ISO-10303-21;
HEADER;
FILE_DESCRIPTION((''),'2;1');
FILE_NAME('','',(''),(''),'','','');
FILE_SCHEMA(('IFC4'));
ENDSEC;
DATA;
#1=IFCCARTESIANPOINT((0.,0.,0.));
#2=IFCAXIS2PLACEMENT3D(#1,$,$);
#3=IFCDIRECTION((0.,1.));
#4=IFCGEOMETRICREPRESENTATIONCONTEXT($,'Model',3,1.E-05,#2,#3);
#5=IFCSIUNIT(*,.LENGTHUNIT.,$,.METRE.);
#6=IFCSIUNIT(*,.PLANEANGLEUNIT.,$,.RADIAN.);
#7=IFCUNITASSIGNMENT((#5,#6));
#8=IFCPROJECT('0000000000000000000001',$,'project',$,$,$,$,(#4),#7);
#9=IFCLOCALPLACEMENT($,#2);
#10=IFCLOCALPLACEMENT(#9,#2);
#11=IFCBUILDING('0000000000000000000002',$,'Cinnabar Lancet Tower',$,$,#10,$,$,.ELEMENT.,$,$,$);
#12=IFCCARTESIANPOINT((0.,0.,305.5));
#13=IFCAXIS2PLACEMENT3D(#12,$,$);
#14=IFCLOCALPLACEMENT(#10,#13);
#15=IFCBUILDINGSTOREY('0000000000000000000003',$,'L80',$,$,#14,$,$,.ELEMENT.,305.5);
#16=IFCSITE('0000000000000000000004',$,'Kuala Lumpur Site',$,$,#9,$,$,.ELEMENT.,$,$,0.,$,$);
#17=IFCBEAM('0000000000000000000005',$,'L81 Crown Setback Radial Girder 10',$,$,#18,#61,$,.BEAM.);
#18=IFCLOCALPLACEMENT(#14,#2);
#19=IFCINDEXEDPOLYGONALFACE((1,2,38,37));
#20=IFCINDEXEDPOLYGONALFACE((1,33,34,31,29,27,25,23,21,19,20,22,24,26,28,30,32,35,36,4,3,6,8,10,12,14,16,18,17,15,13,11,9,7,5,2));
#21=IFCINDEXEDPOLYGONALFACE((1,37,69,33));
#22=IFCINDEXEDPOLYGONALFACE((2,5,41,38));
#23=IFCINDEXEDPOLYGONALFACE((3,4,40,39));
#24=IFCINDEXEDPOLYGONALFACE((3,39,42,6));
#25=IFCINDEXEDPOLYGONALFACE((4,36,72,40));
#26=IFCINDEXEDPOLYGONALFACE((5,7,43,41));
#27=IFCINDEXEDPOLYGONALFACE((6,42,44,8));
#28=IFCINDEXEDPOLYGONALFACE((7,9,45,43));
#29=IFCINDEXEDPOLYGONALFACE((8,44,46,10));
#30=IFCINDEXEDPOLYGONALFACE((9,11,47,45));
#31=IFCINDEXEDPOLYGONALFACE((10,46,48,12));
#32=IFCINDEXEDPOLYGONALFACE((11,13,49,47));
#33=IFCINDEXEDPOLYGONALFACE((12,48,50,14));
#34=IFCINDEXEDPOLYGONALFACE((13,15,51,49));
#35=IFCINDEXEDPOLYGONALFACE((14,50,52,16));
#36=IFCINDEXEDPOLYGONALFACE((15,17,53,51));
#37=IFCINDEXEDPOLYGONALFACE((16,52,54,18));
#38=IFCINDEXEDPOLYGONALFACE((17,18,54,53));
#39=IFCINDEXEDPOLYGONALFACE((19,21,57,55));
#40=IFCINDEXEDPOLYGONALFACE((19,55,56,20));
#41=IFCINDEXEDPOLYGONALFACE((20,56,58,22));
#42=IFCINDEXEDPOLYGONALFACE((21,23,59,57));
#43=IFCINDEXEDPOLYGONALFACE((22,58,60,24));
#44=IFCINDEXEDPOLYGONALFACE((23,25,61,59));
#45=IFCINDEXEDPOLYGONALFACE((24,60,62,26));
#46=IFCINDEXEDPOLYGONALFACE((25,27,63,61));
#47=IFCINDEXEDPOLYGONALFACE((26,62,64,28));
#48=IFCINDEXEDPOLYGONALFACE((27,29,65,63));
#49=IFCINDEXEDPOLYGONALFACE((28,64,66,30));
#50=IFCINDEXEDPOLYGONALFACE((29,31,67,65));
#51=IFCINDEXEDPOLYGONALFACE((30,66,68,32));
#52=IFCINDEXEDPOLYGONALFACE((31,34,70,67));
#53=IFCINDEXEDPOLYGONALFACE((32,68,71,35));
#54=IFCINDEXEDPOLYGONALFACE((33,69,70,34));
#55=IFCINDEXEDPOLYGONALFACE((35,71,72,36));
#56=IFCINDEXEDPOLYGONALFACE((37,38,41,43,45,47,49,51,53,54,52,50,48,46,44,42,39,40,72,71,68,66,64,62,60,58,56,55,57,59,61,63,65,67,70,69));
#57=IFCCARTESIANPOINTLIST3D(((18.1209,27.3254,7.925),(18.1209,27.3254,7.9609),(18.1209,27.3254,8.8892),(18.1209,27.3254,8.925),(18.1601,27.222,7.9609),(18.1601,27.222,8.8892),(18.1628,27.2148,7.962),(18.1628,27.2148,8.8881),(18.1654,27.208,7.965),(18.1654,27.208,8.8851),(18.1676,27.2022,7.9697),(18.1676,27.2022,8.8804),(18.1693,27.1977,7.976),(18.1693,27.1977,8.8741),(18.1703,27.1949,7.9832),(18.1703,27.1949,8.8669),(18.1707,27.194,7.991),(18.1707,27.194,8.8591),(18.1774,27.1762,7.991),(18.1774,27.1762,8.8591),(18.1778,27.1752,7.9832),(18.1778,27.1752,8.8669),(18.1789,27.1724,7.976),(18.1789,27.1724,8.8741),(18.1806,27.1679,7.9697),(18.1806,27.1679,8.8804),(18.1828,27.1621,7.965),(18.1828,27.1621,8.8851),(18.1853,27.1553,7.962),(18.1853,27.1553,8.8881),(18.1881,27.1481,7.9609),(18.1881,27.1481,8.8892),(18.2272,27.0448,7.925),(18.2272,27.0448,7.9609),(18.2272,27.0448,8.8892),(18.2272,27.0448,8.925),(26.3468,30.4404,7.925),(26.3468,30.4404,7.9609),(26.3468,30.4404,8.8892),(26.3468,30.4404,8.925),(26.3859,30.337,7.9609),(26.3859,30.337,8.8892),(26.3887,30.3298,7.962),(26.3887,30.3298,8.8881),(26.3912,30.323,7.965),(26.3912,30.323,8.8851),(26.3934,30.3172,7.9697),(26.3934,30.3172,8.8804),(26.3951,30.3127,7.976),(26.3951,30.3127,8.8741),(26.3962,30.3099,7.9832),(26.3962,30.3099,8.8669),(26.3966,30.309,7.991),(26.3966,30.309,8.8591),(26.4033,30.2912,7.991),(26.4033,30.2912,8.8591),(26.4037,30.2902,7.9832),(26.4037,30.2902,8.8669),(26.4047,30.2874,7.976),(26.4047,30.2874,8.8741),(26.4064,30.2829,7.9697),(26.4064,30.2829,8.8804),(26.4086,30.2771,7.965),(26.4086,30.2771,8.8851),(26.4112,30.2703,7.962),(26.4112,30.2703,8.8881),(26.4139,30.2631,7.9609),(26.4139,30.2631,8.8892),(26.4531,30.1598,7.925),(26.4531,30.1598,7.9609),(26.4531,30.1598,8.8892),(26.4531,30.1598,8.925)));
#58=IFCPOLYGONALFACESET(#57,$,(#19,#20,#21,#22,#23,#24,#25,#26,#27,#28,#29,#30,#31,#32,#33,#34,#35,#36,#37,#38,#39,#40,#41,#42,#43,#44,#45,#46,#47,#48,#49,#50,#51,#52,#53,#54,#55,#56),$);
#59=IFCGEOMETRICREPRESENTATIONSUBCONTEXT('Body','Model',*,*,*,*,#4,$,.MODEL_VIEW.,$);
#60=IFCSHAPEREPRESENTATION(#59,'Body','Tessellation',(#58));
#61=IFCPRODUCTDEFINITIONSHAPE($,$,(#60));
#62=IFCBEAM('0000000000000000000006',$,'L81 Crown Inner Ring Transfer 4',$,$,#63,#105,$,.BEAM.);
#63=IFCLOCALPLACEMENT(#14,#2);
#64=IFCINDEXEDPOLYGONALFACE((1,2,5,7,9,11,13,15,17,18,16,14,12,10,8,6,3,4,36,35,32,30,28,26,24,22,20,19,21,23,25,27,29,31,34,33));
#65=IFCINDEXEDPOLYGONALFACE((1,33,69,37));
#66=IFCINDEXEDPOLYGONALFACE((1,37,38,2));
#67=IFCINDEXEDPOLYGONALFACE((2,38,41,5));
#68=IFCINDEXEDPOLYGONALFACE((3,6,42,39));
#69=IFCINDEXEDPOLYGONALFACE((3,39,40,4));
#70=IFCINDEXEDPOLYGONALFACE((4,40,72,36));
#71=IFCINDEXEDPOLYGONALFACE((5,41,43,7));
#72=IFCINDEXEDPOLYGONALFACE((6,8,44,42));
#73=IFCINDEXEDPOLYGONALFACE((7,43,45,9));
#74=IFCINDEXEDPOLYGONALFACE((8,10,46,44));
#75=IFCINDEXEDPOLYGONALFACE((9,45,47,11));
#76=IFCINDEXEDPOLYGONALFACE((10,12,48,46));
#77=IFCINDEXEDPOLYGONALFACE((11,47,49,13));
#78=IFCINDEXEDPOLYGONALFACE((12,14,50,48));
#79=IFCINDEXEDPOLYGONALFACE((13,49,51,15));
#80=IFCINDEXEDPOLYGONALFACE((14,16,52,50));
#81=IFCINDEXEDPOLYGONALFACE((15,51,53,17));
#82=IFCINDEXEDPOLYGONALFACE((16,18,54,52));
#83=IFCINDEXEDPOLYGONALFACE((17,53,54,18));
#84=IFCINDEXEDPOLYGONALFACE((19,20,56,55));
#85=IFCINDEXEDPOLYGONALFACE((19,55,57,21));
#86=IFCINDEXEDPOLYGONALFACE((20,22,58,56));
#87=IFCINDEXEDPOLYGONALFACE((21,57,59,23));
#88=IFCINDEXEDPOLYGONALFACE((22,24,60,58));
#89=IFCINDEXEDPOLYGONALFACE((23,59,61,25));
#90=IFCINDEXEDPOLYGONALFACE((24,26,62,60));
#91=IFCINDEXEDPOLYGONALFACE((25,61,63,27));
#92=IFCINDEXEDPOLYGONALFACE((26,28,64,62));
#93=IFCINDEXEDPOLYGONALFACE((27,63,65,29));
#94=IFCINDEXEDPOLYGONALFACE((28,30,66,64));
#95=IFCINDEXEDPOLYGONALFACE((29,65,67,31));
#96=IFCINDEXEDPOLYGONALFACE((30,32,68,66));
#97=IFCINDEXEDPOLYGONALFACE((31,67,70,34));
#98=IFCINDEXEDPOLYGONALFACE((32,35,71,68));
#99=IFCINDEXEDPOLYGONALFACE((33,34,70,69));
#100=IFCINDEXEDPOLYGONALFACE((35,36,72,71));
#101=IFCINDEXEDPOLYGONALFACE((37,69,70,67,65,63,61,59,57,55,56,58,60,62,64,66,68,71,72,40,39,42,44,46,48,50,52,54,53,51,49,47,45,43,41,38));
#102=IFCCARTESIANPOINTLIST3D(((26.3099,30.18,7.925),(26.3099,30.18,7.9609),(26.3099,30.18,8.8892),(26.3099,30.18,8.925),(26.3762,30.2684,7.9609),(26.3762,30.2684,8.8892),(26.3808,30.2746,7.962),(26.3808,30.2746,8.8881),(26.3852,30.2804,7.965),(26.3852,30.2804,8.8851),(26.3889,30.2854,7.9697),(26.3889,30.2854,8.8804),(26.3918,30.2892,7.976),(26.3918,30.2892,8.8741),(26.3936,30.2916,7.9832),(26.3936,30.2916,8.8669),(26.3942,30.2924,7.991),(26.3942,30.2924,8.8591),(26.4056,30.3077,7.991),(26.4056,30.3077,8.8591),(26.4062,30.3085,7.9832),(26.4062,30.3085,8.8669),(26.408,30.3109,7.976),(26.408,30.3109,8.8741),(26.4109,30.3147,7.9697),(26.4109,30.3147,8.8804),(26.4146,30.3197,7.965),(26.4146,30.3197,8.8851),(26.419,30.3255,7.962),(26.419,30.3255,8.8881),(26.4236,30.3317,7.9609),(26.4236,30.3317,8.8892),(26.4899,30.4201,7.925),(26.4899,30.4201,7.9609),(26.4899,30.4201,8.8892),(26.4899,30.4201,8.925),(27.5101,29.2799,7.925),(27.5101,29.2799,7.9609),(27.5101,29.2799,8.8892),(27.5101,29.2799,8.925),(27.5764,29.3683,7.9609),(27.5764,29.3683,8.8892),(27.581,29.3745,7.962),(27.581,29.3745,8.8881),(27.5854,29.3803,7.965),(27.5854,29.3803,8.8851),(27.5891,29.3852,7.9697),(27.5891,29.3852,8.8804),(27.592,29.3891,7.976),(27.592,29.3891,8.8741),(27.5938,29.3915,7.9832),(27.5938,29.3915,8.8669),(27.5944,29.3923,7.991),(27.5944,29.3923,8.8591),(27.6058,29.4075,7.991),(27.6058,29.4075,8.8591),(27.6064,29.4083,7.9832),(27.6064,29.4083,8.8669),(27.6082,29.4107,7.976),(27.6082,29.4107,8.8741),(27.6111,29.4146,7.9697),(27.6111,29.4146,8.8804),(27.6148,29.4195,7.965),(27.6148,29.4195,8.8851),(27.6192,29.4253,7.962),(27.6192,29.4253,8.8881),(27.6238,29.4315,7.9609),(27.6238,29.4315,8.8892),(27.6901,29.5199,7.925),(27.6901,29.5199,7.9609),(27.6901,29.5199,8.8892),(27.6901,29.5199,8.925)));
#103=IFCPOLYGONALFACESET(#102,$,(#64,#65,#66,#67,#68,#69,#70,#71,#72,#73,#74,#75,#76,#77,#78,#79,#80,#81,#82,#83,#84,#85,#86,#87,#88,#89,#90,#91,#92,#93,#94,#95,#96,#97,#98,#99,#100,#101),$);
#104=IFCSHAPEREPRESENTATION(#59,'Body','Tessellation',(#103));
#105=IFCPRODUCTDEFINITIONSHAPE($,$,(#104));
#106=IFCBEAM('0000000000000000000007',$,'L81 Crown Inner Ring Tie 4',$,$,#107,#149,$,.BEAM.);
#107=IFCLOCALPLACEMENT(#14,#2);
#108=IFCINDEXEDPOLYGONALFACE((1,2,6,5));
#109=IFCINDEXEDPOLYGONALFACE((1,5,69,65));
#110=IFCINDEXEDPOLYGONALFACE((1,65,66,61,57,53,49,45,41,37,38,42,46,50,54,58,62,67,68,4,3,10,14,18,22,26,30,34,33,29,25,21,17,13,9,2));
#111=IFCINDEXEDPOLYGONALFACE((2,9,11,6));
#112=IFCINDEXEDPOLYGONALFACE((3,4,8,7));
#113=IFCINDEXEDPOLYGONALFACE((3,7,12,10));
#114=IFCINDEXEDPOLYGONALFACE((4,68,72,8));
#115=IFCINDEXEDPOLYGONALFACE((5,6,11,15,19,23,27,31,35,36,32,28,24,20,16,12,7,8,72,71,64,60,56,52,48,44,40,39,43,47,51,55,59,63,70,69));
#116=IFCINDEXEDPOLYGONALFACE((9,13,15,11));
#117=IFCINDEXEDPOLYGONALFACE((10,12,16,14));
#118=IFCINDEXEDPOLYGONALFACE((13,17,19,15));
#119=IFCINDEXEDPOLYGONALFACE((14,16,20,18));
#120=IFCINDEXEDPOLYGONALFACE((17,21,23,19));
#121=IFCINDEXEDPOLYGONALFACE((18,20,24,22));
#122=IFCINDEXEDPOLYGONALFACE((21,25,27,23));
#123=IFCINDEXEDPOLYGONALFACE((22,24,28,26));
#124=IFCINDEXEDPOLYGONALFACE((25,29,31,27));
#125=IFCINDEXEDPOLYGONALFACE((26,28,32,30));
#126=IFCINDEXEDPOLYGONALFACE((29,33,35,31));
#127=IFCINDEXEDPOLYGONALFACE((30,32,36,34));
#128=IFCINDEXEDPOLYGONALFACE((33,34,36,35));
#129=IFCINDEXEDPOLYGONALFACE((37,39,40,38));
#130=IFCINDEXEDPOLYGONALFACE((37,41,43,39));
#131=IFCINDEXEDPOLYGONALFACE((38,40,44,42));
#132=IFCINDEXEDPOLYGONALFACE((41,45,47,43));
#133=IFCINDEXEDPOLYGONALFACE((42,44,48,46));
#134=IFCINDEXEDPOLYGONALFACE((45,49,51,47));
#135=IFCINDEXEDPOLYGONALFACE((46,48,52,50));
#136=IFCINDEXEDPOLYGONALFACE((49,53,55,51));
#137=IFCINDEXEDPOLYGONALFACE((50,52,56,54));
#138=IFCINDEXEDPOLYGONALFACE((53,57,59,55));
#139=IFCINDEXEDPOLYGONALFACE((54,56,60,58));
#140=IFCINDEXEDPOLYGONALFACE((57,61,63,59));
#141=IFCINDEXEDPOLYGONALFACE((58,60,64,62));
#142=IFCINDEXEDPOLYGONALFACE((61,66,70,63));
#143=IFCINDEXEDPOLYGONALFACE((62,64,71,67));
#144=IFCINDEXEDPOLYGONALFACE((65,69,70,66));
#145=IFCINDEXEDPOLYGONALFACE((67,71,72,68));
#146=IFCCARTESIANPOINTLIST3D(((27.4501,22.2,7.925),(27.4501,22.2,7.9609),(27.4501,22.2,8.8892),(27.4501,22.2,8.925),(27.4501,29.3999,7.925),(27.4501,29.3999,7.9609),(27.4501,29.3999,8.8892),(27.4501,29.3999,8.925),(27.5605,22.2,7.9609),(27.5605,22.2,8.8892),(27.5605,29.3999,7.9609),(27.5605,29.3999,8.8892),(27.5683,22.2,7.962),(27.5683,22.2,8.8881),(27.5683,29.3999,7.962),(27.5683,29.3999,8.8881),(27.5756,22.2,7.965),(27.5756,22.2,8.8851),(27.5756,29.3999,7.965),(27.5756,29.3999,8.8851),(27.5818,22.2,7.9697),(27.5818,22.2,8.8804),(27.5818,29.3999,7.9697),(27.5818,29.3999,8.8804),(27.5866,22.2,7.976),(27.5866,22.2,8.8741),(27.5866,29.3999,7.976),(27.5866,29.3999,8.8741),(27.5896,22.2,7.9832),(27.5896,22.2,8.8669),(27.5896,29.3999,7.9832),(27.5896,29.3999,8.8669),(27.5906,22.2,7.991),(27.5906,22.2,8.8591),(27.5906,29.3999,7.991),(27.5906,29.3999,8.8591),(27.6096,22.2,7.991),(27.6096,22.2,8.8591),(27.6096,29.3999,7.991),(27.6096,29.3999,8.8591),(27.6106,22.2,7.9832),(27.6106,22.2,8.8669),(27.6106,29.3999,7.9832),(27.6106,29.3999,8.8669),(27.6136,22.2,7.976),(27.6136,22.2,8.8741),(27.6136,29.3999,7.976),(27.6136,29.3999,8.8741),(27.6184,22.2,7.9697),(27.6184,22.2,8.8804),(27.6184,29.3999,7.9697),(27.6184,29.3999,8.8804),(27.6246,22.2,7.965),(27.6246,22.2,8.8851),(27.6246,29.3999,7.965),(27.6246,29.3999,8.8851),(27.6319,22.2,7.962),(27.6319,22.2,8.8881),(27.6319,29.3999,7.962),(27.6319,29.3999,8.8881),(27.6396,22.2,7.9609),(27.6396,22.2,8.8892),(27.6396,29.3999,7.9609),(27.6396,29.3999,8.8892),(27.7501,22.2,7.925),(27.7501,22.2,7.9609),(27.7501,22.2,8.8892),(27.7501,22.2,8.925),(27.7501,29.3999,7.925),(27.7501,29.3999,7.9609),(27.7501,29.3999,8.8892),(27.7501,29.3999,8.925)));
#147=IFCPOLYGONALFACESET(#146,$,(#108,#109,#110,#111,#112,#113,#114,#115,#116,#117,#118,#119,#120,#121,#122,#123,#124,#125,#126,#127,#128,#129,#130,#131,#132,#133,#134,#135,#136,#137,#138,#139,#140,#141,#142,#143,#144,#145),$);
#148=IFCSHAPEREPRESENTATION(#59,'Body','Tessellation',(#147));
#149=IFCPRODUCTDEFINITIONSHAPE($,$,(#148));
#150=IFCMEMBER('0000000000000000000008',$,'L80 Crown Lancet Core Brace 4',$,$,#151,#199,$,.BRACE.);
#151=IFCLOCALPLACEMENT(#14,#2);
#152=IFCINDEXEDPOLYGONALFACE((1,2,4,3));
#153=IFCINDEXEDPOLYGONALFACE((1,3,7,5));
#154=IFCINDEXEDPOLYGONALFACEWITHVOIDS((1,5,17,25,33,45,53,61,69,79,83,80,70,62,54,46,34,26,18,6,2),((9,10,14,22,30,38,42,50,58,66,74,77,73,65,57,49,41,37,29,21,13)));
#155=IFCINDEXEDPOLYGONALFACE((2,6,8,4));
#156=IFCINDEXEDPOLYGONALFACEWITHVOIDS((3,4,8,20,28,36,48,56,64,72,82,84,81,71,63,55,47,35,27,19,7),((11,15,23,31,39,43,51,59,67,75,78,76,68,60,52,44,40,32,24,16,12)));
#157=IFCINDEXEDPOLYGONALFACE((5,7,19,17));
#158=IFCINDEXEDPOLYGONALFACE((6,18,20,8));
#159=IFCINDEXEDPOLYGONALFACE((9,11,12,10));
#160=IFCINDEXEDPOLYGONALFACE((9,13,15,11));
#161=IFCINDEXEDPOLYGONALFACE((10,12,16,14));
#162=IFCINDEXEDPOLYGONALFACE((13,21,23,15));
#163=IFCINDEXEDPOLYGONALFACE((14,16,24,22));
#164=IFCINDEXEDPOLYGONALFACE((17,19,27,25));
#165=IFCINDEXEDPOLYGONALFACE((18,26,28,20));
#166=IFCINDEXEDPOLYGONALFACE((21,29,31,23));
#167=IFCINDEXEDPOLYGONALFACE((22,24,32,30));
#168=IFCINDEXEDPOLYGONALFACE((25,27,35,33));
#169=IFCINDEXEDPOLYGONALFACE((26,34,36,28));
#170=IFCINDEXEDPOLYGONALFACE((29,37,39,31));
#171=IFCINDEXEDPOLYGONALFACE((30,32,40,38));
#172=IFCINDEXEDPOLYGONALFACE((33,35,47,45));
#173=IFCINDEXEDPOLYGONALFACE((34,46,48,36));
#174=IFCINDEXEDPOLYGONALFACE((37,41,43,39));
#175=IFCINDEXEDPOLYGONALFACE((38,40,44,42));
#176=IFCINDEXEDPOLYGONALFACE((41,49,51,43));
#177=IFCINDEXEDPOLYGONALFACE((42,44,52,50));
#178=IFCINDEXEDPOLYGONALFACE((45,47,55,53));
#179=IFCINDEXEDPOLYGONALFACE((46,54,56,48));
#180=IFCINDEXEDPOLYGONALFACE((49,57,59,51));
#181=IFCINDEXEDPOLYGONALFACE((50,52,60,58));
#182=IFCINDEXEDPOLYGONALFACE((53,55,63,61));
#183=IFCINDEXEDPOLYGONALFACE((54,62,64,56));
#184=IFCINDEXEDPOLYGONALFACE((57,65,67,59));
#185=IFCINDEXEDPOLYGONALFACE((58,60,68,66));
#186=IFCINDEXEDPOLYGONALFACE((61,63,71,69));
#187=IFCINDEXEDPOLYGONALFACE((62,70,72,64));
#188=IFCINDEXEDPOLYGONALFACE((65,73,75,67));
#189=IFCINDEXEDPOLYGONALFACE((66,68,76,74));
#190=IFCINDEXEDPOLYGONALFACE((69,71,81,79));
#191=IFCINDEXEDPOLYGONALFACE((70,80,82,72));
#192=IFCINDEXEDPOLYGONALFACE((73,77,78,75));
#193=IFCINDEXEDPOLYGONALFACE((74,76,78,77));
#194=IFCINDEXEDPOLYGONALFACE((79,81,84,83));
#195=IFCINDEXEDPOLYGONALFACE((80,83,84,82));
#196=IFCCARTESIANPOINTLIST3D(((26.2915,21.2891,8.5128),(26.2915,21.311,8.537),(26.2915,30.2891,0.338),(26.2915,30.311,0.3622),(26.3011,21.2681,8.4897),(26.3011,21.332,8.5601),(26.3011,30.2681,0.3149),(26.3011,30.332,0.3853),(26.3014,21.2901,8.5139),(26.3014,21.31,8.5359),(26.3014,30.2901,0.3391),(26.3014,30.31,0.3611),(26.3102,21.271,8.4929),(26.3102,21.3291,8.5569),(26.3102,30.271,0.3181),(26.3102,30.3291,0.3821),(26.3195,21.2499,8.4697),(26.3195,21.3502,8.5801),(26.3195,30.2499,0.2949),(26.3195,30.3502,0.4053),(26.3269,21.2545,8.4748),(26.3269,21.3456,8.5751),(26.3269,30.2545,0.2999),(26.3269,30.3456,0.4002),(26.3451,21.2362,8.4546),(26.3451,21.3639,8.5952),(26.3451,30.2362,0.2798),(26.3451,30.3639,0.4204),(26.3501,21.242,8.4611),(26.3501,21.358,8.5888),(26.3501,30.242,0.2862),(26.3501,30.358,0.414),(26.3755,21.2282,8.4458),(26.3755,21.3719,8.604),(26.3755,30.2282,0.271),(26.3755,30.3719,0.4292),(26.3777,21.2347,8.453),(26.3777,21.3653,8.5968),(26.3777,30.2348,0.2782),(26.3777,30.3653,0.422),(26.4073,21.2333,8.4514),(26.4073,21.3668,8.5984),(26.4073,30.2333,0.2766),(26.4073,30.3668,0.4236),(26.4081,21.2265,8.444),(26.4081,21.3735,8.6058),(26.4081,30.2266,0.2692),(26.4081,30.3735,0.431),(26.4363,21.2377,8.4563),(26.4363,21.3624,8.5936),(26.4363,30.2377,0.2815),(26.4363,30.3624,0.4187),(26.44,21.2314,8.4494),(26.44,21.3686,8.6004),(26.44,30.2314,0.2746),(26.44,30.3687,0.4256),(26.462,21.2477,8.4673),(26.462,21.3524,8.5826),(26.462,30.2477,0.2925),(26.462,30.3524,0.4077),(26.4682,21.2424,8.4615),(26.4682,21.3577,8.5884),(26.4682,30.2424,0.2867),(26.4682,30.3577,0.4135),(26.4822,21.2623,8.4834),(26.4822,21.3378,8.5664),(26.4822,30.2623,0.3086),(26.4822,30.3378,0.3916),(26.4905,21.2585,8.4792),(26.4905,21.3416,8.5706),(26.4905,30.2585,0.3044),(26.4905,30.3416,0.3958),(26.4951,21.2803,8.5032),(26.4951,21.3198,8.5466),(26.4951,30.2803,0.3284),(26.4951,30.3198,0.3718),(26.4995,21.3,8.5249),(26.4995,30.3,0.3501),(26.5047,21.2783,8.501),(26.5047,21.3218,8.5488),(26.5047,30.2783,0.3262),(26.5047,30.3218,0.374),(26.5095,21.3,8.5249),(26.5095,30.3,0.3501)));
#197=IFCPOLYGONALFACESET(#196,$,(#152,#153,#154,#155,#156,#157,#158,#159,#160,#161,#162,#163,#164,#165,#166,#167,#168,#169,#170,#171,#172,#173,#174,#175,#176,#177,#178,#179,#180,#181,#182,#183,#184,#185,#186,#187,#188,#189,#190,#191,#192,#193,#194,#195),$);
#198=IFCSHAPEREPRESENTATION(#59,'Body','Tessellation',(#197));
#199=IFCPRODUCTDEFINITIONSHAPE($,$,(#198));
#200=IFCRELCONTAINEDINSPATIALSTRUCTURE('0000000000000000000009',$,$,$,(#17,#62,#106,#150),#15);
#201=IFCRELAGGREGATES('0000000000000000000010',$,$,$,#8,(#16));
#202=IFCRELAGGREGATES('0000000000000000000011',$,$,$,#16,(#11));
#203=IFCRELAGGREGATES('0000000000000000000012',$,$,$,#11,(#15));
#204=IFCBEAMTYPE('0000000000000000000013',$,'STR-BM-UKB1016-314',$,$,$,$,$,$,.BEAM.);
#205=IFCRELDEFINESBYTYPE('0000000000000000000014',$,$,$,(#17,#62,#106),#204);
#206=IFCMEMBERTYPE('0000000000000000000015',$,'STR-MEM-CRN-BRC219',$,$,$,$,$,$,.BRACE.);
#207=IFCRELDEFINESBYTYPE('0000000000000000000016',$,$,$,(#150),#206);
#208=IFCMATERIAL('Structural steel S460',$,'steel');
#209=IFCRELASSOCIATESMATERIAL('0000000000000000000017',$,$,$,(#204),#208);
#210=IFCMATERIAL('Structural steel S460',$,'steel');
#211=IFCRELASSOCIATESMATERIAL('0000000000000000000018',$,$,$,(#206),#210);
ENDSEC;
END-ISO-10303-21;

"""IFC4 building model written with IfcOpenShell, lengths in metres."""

from ifc_helpers import new_model, si_unit, direction, frame, origin, origin_2d, place, context, subcontext, project, spatial, hollow_circle, i_section, extrude, material, material_profile, profile_set, type_object, element, save


model = new_model("IFC4")

# Units and contexts
model_context = context("Model", 3, precision=1e-05, world=origin(), true_north=direction((0.0, 1.0)))
body_context = subcontext(model_context, "Body", "Model", "MODEL_VIEW")
ifc_project = project(units=[si_unit("LENGTHUNIT", "METRE"), si_unit("PLANEANGLEUNIT", "RADIAN")], contexts=[model_context])

# Site, building, storey
site_placement = place(None, origin())
site = spatial("IfcSite", under=ifc_project, at=site_placement, Name="Kuala Lumpur Site", CompositionType="ELEMENT", RefElevation=0.0)
building_placement = place(site_placement, origin())
building = spatial("IfcBuilding", under=site, at=building_placement, Name="Cinnabar Lancet Tower", CompositionType="ELEMENT")
storey_placement = place(building_placement, frame((0.0, 0.0, 305.5)))
storey = spatial("IfcBuildingStorey", under=building, at=storey_placement, Name="L80", CompositionType="ELEMENT", Elevation=305.5)

# Beams
ifc_material_1 = material(Name="Structural steel S460", Category="steel")
ifc_material_profile_1 = material_profile(ifc_material_1, i_section(OverallWidth=0.3, OverallDepth=1.0, WebThickness=0.019, FlangeThickness=0.0359, FilletRadius=0.03, at=origin_2d()), Name="UKB 1016x305x314")
ifc_profile_set_1 = profile_set([ifc_material_profile_1], Name="Structural steel S460")
beam_type = type_object("IfcBeamType", Name="STR-BM-UKB1016-314", PredefinedType="BEAM", material=ifc_profile_set_1)
beam_1_placement = place(storey_placement, frame((18.1741, 27.1851, 8.425), z_axis=(0.935192, 0.354142, 0.0), x_axis=(-0.354142, 0.935192, 0.0)))
element("IfcBeam", 1, at=beam_1_placement, inside=storey, type_object=beam_type, Name="L81 Crown Setback Radial Girder 10", PredefinedType="BEAM", context=body_context, shape_type="SweptSolid", body=[
    extrude(i_section(OverallWidth=0.3, OverallDepth=1.0, WebThickness=0.019, FlangeThickness=0.0359, FilletRadius=0.03, at=origin_2d()), origin(), (0.0, 0.0, 1.0), 8.7959),
])
beam_2_placement = place(storey_placement, frame((26.3999, 30.3, 8.425), z_axis=(0.8, -0.6, 0.0), x_axis=(0.6, 0.8, 0.0)))
element("IfcBeam", 2, at=beam_2_placement, inside=storey, type_object=beam_type, Name="L81 Crown Inner Ring Transfer 4", PredefinedType="BEAM", context=body_context, shape_type="SweptSolid", body=[
    extrude(i_section(OverallWidth=0.3, OverallDepth=1.0, WebThickness=0.019, FlangeThickness=0.0359, FilletRadius=0.03, at=origin_2d()), origin(), (0.0, 0.0, 1.0), 1.5002),
])
beam_3_placement = place(storey_placement, frame((27.6001, 29.3999, 8.425), z_axis=(0.0, -1.0, 0.0), x_axis=(1.0, 0.0, 0.0)))
element("IfcBeam", 3, at=beam_3_placement, inside=storey, type_object=beam_type, Name="L81 Crown Inner Ring Tie 4", PredefinedType="BEAM", context=body_context, shape_type="SweptSolid", body=[
    extrude(i_section(OverallWidth=0.3, OverallDepth=1.0, WebThickness=0.019, FlangeThickness=0.0359, FilletRadius=0.03, at=origin_2d()), origin(), (0.0, 0.0, 1.0), 7.2),
])

# Member
ifc_material_2 = material(Name="Structural steel S460", Category="steel")
ifc_material_profile_2 = material_profile(ifc_material_2, hollow_circle(Radius=0.1096, WallThickness=0.01, at=origin_2d()), Name="CHS 219.1x10")
ifc_profile_set_2 = profile_set([ifc_material_profile_2], Name="Structural steel S460")
member_type_1 = type_object("IfcMemberType", Name="STR-MEM-CRN-BRC219", PredefinedType="BRACE", material=ifc_profile_set_2)
member_1_placement = place(storey_placement, frame((26.3999, 30.3, 0.3501), z_axis=(0.0, -0.740227, 0.672357), x_axis=(1.0, 0.0, 0.0)))
element("IfcMember", 4, at=member_1_placement, inside=storey, type_object=member_type_1, Name="L80 Crown Lancet Core Brace 4", PredefinedType="BRACE", context=body_context, shape_type="SweptSolid", body=[
    extrude(hollow_circle(Radius=0.1096, WallThickness=0.01, at=origin_2d()), origin(), (0.0, 0.0, 1.0), 12.1584),
])

save(model, "model.ifc")
